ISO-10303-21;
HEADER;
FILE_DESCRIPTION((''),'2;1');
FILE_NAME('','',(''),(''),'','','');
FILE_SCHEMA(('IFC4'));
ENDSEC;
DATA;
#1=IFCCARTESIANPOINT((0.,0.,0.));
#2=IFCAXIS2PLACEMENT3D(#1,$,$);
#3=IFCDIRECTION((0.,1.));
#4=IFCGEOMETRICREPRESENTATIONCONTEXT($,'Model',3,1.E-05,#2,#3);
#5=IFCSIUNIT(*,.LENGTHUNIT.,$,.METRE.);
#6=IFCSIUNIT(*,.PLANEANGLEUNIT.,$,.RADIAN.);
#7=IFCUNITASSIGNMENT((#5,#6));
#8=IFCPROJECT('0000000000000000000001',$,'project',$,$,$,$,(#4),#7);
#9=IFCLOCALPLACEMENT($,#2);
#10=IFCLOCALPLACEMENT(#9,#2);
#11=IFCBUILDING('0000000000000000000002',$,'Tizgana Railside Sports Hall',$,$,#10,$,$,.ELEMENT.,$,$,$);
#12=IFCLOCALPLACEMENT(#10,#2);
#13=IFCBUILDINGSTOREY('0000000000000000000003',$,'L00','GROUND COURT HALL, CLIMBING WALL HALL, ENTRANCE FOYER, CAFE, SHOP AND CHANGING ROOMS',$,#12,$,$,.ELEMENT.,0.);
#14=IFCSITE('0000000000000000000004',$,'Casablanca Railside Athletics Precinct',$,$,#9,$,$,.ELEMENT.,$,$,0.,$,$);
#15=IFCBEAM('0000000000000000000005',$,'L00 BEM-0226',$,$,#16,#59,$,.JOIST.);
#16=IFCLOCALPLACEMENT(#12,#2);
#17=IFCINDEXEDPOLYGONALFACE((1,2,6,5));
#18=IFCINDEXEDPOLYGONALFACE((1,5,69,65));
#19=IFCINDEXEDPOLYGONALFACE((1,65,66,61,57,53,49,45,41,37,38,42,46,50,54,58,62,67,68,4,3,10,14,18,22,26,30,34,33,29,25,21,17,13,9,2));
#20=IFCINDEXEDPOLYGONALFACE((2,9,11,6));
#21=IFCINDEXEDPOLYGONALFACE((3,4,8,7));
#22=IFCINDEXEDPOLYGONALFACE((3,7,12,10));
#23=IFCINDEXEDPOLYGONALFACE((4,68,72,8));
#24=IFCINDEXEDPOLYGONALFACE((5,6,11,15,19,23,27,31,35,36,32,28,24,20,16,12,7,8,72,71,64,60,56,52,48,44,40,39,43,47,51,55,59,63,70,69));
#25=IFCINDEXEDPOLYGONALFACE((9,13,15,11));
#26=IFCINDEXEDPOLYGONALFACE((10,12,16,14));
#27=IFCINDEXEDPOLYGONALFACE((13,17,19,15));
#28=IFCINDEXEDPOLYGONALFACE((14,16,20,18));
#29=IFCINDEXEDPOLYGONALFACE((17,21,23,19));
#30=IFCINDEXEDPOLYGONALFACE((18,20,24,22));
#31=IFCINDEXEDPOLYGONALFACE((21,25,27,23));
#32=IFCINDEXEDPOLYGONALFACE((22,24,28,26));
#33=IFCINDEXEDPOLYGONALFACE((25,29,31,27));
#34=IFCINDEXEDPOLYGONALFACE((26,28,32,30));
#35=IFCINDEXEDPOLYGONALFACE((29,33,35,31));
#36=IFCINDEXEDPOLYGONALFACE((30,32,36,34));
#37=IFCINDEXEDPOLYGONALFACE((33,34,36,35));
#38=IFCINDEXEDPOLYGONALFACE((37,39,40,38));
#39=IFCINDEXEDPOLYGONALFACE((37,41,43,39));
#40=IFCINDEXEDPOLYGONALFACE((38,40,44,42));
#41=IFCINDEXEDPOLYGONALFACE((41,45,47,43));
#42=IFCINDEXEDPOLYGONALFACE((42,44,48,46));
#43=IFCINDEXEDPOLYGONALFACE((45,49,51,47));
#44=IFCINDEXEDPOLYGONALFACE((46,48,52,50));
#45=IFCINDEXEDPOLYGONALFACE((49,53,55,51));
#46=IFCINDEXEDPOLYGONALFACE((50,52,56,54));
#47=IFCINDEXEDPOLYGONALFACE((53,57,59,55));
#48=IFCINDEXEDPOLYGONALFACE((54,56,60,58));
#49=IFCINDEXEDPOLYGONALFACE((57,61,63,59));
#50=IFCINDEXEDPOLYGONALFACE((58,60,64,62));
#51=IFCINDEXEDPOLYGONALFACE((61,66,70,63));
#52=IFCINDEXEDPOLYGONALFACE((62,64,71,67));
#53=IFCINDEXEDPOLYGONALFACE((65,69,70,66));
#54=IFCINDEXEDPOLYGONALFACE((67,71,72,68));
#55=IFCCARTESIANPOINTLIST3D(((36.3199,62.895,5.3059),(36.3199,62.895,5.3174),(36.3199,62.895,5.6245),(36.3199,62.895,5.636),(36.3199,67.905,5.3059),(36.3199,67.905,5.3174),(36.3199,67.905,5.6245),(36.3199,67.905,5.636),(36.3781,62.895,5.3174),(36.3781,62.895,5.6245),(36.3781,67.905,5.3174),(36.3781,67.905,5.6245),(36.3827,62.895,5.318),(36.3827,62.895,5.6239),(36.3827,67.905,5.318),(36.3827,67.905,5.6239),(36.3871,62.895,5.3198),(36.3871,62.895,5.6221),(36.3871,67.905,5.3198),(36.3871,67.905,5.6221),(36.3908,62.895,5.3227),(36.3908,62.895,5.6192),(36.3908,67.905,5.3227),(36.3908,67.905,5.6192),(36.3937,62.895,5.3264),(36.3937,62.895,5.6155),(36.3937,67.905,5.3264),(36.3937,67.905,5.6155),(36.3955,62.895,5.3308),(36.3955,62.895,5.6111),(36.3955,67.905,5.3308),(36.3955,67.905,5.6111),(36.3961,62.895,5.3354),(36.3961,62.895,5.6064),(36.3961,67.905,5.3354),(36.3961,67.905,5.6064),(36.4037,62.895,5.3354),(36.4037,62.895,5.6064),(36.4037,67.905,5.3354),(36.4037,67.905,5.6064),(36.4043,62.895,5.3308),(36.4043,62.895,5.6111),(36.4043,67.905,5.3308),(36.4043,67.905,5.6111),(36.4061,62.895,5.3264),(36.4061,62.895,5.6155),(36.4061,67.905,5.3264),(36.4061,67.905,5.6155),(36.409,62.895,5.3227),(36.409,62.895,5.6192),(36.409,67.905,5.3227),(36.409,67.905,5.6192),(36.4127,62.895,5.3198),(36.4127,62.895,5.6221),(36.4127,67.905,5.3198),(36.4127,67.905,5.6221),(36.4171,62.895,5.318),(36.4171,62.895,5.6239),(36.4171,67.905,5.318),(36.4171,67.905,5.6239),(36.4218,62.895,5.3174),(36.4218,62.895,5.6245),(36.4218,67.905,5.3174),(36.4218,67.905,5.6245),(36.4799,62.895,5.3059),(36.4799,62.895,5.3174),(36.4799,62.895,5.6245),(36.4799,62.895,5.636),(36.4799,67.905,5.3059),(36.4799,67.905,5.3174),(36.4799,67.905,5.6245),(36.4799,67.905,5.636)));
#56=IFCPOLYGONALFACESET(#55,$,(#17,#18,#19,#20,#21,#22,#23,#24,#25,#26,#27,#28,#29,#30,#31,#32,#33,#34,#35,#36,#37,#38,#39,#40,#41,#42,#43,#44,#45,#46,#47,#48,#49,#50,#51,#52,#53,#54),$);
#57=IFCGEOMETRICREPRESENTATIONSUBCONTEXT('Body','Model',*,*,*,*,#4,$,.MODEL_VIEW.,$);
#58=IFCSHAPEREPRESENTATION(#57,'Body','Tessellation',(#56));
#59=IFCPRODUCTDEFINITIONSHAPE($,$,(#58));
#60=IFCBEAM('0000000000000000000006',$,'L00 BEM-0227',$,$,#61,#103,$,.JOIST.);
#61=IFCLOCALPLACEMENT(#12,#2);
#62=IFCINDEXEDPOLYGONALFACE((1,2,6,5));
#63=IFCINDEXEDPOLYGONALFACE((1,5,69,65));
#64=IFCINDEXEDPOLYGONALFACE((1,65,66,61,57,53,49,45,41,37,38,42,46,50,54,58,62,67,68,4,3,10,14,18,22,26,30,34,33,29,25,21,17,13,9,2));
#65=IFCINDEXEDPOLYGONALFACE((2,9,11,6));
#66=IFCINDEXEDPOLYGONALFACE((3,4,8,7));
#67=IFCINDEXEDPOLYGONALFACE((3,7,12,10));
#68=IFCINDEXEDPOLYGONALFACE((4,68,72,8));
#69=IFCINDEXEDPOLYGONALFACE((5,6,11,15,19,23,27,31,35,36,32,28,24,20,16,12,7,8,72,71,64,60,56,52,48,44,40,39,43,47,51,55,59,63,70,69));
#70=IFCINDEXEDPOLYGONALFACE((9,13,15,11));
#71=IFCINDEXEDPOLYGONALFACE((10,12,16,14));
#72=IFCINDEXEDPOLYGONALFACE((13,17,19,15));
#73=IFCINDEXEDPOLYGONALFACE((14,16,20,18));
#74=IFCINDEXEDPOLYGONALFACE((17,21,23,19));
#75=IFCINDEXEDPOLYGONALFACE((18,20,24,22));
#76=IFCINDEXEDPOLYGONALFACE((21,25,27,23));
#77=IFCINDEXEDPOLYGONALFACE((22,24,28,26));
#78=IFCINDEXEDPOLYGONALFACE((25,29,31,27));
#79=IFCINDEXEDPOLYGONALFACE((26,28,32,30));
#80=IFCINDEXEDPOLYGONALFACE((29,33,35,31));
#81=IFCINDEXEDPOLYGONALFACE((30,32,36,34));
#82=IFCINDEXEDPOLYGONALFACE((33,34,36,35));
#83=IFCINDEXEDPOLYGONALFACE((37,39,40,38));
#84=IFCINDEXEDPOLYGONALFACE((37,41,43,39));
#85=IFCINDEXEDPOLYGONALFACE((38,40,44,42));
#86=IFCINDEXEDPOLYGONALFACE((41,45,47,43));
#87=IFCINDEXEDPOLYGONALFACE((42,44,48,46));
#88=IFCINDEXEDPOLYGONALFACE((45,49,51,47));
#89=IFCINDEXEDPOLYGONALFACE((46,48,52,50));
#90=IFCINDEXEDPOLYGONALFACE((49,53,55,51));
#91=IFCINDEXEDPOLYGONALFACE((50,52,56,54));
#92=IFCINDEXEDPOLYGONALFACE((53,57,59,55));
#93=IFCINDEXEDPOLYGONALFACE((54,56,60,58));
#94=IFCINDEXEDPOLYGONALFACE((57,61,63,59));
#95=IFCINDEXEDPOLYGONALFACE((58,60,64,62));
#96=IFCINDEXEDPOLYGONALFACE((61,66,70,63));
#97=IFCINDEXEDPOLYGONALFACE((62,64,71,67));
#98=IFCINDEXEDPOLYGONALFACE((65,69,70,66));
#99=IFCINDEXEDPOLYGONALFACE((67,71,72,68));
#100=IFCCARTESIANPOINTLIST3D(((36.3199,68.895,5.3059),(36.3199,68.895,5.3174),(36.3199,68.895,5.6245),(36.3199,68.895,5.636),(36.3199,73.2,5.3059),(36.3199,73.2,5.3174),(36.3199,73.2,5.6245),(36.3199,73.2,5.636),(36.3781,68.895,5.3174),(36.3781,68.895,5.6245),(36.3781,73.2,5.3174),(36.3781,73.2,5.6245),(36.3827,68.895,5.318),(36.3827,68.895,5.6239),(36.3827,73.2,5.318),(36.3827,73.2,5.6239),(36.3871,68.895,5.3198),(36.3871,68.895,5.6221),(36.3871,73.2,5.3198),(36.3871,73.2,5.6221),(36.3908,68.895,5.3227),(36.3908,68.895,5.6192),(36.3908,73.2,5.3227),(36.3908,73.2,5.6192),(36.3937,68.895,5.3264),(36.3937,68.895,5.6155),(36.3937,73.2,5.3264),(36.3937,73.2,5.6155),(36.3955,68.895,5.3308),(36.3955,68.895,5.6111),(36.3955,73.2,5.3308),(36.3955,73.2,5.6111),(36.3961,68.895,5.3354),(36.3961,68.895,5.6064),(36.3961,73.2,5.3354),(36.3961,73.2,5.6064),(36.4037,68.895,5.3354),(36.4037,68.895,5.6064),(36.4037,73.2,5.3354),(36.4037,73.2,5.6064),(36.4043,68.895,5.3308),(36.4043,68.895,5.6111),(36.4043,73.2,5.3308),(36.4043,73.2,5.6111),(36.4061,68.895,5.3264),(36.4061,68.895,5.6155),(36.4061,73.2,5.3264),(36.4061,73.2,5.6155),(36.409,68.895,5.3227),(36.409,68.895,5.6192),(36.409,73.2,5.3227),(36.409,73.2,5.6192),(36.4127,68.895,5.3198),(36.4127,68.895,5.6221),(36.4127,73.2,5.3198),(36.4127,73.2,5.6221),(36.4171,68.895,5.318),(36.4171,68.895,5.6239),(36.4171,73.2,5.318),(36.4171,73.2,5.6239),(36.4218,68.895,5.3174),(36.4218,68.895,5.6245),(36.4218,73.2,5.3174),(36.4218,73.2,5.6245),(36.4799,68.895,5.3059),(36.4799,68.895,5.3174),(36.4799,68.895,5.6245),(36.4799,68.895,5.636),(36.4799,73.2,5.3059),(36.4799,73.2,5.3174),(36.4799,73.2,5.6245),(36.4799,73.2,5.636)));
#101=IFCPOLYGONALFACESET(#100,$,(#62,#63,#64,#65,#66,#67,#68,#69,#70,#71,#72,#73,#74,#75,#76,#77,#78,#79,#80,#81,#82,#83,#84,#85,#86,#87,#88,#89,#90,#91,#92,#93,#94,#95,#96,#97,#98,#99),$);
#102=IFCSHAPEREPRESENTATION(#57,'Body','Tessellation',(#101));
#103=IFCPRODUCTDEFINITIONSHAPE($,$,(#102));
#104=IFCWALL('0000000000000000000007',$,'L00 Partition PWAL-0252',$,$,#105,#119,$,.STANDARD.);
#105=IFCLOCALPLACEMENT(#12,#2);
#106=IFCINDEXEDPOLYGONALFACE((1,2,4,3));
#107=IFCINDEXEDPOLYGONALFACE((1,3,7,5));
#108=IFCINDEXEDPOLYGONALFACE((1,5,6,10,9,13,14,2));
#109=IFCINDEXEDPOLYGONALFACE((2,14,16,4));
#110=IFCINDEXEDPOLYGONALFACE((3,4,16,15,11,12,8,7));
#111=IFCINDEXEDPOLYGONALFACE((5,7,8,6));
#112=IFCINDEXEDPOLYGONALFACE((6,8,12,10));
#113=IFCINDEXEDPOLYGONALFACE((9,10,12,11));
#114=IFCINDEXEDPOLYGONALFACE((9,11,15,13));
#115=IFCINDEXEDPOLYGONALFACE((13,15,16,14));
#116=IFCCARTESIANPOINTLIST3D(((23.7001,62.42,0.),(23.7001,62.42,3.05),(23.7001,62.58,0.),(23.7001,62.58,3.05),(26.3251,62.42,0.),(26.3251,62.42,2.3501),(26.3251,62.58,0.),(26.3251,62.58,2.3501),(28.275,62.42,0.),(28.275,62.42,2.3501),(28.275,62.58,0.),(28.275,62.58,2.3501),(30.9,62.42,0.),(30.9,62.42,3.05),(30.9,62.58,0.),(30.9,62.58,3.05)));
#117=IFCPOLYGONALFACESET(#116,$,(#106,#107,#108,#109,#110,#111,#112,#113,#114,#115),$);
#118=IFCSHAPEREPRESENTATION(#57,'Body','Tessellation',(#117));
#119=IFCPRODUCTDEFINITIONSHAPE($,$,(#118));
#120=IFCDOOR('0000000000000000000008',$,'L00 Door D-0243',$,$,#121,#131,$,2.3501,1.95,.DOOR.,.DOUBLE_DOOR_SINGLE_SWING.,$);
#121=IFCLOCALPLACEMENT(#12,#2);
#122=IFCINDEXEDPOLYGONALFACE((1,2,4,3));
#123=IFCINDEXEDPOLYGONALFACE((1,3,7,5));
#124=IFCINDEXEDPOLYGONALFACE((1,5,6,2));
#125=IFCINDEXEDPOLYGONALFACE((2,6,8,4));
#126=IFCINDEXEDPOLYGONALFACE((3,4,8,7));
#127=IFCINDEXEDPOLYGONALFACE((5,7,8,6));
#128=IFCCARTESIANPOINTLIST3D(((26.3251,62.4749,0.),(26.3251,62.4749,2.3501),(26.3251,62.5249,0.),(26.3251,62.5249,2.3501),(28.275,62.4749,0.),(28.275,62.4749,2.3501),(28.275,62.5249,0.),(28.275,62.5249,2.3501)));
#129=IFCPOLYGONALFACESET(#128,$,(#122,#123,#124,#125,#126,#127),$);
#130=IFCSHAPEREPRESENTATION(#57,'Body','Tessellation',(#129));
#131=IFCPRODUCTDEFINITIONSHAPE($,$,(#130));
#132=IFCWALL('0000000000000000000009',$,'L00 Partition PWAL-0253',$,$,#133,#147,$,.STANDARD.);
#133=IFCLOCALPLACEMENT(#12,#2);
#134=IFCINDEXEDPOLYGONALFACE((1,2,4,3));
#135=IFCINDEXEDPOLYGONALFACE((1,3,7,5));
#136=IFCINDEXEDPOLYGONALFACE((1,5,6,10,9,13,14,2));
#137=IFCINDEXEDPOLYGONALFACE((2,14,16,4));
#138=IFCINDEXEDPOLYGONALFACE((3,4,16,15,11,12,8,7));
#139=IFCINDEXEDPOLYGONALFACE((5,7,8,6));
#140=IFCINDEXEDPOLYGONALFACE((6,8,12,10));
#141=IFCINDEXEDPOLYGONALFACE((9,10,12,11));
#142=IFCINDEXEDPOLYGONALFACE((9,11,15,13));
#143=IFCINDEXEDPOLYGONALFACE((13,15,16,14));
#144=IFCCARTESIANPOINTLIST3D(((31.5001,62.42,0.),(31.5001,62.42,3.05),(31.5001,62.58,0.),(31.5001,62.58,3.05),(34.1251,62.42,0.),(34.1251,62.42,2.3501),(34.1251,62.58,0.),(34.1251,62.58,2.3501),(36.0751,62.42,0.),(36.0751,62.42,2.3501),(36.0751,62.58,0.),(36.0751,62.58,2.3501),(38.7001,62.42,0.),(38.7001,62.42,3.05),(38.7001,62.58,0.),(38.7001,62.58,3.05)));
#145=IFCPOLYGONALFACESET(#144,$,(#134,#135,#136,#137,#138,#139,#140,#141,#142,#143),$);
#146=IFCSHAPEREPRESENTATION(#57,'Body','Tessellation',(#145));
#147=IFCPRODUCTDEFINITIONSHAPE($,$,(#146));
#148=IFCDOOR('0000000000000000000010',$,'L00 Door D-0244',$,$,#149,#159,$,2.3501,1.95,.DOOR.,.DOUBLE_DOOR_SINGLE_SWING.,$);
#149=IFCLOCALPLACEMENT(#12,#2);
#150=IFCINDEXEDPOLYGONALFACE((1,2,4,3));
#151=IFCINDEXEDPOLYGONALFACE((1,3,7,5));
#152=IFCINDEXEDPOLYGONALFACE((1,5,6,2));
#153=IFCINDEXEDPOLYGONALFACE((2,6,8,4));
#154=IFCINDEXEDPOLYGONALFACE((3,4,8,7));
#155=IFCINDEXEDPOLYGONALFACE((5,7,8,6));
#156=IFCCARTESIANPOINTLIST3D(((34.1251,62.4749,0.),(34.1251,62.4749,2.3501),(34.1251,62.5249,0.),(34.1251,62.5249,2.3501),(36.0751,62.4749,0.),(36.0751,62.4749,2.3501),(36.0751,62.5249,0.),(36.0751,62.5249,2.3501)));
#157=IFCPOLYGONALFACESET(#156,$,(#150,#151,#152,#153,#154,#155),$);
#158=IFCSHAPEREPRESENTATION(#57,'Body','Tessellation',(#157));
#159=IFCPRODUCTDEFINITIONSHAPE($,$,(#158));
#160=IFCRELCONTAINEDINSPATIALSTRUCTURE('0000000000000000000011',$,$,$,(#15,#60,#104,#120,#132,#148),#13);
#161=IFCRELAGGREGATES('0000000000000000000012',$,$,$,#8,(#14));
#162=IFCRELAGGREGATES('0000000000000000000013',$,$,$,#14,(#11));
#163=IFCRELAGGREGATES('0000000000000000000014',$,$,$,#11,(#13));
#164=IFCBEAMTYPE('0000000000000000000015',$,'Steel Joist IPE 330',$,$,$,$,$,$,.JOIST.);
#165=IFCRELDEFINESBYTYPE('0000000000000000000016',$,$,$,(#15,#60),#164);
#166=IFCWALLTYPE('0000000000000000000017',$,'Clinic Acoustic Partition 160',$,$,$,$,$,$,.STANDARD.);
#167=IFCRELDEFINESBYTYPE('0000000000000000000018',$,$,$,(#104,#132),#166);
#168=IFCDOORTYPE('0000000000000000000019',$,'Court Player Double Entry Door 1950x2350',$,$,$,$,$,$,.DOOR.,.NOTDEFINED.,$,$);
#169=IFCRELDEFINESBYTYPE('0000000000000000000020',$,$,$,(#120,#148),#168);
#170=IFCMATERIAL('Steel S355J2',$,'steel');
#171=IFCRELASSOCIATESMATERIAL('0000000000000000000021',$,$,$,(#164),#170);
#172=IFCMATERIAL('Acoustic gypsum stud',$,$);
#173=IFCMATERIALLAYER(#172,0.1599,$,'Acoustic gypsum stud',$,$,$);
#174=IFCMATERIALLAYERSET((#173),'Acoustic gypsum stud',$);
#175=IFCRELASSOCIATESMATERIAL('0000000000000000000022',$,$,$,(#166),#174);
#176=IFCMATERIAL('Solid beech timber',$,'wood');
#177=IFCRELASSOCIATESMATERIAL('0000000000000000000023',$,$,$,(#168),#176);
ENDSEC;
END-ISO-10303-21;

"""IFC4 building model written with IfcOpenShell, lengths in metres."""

from ifc_helpers import new_model, si_unit, direction, frame, frame_2d, origin, origin_2d, place, context, subcontext, project, spatial, rectangle, i_section, extrude, material, layer, layer_set, material_profile, profile_set, type_object, element, fill, save


model = new_model("IFC4")

# Units and contexts
model_context = context("Model", 3, precision=1e-05, world=origin(), true_north=direction((0.0, 1.0)))
body_context = subcontext(model_context, "Body", "Model", "MODEL_VIEW")
ifc_project = project(units=[si_unit("LENGTHUNIT", "METRE"), si_unit("PLANEANGLEUNIT", "RADIAN")], contexts=[model_context])

# Site, building, storey
site_placement = place(None, origin())
site = spatial("IfcSite", under=ifc_project, at=site_placement, Name="Casablanca Railside Athletics Precinct", CompositionType="ELEMENT", RefElevation=0.0)
building_placement = place(site_placement, origin())
building = spatial("IfcBuilding", under=site, at=building_placement, Name="Tizgana Railside Sports Hall", CompositionType="ELEMENT")
storey_placement = place(building_placement, origin())
storey = spatial("IfcBuildingStorey", under=building, at=storey_placement, Name="L00", Description="GROUND COURT HALL, CLIMBING WALL HALL, ENTRANCE FOYER, CAFE, SHOP AND CHANGING ROOMS", CompositionType="ELEMENT", Elevation=0.0)

# Beams
ifc_material_1 = material(Name="Steel S355J2", Category="steel")
ifc_material_profile_1 = material_profile(ifc_material_1, i_section(OverallWidth=0.1599, OverallDepth=0.3301, WebThickness=0.0076, FlangeThickness=0.0115, FilletRadius=0.0181, at=origin_2d()), Name="IPE 330")
ifc_profile_set_1 = profile_set([ifc_material_profile_1], Name="Steel S355J2")
beam_type_1 = type_object("IfcBeamType", Name="Steel Joist IPE 330", PredefinedType="JOIST", material=ifc_profile_set_1)
beam_1_placement = place(storey_placement, frame((36.3999, 62.895, 5.4709), z_axis=(0.0, 1.0, 0.0), x_axis=(-1.0, 0.0, 0.0)))
element("IfcBeam", 1, at=beam_1_placement, inside=storey, type_object=beam_type_1, Name="L00 BEM-0226", PredefinedType="JOIST", context=body_context, shape_type="SweptSolid", body=[
    extrude(i_section(OverallWidth=0.1599, OverallDepth=0.3301, WebThickness=0.0076, FlangeThickness=0.0115, FilletRadius=0.0181, at=origin_2d()), origin(), (0.0, 0.0, 1.0), 5.01),
])
beam_2_placement = place(storey_placement, frame((36.3999, 68.895, 5.4709), z_axis=(0.0, 1.0, 0.0), x_axis=(-1.0, 0.0, 0.0)))
element("IfcBeam", 2, at=beam_2_placement, inside=storey, type_object=beam_type_1, Name="L00 BEM-0227", PredefinedType="JOIST", context=body_context, shape_type="SweptSolid", body=[
    extrude(i_section(OverallWidth=0.1599, OverallDepth=0.3301, WebThickness=0.0076, FlangeThickness=0.0115, FilletRadius=0.0181, at=origin_2d()), origin(), (0.0, 0.0, 1.0), 4.3049),
])

# Walls, openings, doors
ifc_material_2 = material(Name="Acoustic gypsum stud")
ifc_layer = layer(ifc_material_2, 0.1599, Name="Acoustic gypsum stud")
ifc_layer_set = layer_set([ifc_layer], Name="Acoustic gypsum stud")
wall_type = type_object("IfcWallType", Name="Clinic Acoustic Partition 160", PredefinedType="STANDARD", material=ifc_layer_set)
wall_1_placement = place(storey_placement, frame((23.7, 62.5, 0.0), z_axis=(0.0, 0.0, 1.0), x_axis=(1.0, 0.0, 0.0)))
wall_1 = element("IfcWall", 3, at=wall_1_placement, inside=storey, type_object=wall_type, Name="L00 Partition PWAL-0252", PredefinedType="STANDARD", context=body_context, shape_type="SweptSolid", body=[
    extrude(rectangle(XDim=7.2, YDim=0.1599, at=frame_2d((3.6001, 0.0))), origin(), (0.0, 0.0, 1.0), 3.05),
])
opening_1_placement = place(wall_1_placement, frame((2.625, 0.0, 0.0)))
opening_1 = element("IfcOpeningElement", 4, at=opening_1_placement, cuts=wall_1, PredefinedType="OPENING", context=body_context, shape_type="SweptSolid", body=[
    extrude(rectangle(XDim=1.95, YDim=2.3501, at=frame_2d((0.9751, 1.175))), frame((0.0, 0.0898, 0.0), z_axis=(0.0, -1.0, 0.0), x_axis=(1.0, 0.0, 0.0)), (0.0, 0.0, 1.0), 0.1799),
])
ifc_material_3 = material(Name="Solid beech timber", Category="wood")
door_type = type_object("IfcDoorType", Name="Court Player Double Entry Door 1950x2350", OperationType="NOTDEFINED", PredefinedType="DOOR", material=ifc_material_3)
door_1_placement = place(opening_1_placement, origin())
door_1 = element("IfcDoor", 5, at=door_1_placement, inside=storey, type_object=door_type, Name="L00 Door D-0243", OperationType="DOUBLE_DOOR_SINGLE_SWING", OverallHeight=2.3501, OverallWidth=1.95, PredefinedType="DOOR", context=body_context, shape_type="SweptSolid", body=[
    extrude(rectangle(XDim=1.95, YDim=2.3501, at=frame_2d((0.9751, 1.175))), frame((0.0, 0.0249, 0.0), z_axis=(0.0, -1.0, 0.0), x_axis=(1.0, 0.0, 0.0)), (0.0, 0.0, 1.0), 0.05),
])
fill(opening_1, door_1)
wall_2_placement = place(storey_placement, frame((31.5, 62.5, 0.0), z_axis=(0.0, 0.0, 1.0), x_axis=(1.0, 0.0, 0.0)))
wall_2 = element("IfcWall", 6, at=wall_2_placement, inside=storey, type_object=wall_type, Name="L00 Partition PWAL-0253", PredefinedType="STANDARD", context=body_context, shape_type="SweptSolid", body=[
    extrude(rectangle(XDim=7.2, YDim=0.1599, at=frame_2d((3.6001, 0.0))), origin(), (0.0, 0.0, 1.0), 3.05),
])
opening_2_placement = place(wall_2_placement, frame((2.625, 0.0, 0.0)))
opening_2 = element("IfcOpeningElement", 7, at=opening_2_placement, cuts=wall_2, PredefinedType="OPENING", context=body_context, shape_type="SweptSolid", body=[
    extrude(rectangle(XDim=1.95, YDim=2.3501, at=frame_2d((0.9751, 1.175))), frame((0.0, 0.0898, 0.0), z_axis=(0.0, -1.0, 0.0), x_axis=(1.0, 0.0, 0.0)), (0.0, 0.0, 1.0), 0.1799),
])
door_2_placement = place(opening_2_placement, origin())
door_2 = element("IfcDoor", 8, at=door_2_placement, inside=storey, type_object=door_type, Name="L00 Door D-0244", OperationType="DOUBLE_DOOR_SINGLE_SWING", OverallHeight=2.3501, OverallWidth=1.95, PredefinedType="DOOR", context=body_context, shape_type="SweptSolid", body=[
    extrude(rectangle(XDim=1.95, YDim=2.3501, at=frame_2d((0.9751, 1.175))), frame((0.0, 0.0249, 0.0), z_axis=(0.0, -1.0, 0.0), x_axis=(1.0, 0.0, 0.0)), (0.0, 0.0, 1.0), 0.05),
])
fill(opening_2, door_2)

save(model, "model.ifc")
